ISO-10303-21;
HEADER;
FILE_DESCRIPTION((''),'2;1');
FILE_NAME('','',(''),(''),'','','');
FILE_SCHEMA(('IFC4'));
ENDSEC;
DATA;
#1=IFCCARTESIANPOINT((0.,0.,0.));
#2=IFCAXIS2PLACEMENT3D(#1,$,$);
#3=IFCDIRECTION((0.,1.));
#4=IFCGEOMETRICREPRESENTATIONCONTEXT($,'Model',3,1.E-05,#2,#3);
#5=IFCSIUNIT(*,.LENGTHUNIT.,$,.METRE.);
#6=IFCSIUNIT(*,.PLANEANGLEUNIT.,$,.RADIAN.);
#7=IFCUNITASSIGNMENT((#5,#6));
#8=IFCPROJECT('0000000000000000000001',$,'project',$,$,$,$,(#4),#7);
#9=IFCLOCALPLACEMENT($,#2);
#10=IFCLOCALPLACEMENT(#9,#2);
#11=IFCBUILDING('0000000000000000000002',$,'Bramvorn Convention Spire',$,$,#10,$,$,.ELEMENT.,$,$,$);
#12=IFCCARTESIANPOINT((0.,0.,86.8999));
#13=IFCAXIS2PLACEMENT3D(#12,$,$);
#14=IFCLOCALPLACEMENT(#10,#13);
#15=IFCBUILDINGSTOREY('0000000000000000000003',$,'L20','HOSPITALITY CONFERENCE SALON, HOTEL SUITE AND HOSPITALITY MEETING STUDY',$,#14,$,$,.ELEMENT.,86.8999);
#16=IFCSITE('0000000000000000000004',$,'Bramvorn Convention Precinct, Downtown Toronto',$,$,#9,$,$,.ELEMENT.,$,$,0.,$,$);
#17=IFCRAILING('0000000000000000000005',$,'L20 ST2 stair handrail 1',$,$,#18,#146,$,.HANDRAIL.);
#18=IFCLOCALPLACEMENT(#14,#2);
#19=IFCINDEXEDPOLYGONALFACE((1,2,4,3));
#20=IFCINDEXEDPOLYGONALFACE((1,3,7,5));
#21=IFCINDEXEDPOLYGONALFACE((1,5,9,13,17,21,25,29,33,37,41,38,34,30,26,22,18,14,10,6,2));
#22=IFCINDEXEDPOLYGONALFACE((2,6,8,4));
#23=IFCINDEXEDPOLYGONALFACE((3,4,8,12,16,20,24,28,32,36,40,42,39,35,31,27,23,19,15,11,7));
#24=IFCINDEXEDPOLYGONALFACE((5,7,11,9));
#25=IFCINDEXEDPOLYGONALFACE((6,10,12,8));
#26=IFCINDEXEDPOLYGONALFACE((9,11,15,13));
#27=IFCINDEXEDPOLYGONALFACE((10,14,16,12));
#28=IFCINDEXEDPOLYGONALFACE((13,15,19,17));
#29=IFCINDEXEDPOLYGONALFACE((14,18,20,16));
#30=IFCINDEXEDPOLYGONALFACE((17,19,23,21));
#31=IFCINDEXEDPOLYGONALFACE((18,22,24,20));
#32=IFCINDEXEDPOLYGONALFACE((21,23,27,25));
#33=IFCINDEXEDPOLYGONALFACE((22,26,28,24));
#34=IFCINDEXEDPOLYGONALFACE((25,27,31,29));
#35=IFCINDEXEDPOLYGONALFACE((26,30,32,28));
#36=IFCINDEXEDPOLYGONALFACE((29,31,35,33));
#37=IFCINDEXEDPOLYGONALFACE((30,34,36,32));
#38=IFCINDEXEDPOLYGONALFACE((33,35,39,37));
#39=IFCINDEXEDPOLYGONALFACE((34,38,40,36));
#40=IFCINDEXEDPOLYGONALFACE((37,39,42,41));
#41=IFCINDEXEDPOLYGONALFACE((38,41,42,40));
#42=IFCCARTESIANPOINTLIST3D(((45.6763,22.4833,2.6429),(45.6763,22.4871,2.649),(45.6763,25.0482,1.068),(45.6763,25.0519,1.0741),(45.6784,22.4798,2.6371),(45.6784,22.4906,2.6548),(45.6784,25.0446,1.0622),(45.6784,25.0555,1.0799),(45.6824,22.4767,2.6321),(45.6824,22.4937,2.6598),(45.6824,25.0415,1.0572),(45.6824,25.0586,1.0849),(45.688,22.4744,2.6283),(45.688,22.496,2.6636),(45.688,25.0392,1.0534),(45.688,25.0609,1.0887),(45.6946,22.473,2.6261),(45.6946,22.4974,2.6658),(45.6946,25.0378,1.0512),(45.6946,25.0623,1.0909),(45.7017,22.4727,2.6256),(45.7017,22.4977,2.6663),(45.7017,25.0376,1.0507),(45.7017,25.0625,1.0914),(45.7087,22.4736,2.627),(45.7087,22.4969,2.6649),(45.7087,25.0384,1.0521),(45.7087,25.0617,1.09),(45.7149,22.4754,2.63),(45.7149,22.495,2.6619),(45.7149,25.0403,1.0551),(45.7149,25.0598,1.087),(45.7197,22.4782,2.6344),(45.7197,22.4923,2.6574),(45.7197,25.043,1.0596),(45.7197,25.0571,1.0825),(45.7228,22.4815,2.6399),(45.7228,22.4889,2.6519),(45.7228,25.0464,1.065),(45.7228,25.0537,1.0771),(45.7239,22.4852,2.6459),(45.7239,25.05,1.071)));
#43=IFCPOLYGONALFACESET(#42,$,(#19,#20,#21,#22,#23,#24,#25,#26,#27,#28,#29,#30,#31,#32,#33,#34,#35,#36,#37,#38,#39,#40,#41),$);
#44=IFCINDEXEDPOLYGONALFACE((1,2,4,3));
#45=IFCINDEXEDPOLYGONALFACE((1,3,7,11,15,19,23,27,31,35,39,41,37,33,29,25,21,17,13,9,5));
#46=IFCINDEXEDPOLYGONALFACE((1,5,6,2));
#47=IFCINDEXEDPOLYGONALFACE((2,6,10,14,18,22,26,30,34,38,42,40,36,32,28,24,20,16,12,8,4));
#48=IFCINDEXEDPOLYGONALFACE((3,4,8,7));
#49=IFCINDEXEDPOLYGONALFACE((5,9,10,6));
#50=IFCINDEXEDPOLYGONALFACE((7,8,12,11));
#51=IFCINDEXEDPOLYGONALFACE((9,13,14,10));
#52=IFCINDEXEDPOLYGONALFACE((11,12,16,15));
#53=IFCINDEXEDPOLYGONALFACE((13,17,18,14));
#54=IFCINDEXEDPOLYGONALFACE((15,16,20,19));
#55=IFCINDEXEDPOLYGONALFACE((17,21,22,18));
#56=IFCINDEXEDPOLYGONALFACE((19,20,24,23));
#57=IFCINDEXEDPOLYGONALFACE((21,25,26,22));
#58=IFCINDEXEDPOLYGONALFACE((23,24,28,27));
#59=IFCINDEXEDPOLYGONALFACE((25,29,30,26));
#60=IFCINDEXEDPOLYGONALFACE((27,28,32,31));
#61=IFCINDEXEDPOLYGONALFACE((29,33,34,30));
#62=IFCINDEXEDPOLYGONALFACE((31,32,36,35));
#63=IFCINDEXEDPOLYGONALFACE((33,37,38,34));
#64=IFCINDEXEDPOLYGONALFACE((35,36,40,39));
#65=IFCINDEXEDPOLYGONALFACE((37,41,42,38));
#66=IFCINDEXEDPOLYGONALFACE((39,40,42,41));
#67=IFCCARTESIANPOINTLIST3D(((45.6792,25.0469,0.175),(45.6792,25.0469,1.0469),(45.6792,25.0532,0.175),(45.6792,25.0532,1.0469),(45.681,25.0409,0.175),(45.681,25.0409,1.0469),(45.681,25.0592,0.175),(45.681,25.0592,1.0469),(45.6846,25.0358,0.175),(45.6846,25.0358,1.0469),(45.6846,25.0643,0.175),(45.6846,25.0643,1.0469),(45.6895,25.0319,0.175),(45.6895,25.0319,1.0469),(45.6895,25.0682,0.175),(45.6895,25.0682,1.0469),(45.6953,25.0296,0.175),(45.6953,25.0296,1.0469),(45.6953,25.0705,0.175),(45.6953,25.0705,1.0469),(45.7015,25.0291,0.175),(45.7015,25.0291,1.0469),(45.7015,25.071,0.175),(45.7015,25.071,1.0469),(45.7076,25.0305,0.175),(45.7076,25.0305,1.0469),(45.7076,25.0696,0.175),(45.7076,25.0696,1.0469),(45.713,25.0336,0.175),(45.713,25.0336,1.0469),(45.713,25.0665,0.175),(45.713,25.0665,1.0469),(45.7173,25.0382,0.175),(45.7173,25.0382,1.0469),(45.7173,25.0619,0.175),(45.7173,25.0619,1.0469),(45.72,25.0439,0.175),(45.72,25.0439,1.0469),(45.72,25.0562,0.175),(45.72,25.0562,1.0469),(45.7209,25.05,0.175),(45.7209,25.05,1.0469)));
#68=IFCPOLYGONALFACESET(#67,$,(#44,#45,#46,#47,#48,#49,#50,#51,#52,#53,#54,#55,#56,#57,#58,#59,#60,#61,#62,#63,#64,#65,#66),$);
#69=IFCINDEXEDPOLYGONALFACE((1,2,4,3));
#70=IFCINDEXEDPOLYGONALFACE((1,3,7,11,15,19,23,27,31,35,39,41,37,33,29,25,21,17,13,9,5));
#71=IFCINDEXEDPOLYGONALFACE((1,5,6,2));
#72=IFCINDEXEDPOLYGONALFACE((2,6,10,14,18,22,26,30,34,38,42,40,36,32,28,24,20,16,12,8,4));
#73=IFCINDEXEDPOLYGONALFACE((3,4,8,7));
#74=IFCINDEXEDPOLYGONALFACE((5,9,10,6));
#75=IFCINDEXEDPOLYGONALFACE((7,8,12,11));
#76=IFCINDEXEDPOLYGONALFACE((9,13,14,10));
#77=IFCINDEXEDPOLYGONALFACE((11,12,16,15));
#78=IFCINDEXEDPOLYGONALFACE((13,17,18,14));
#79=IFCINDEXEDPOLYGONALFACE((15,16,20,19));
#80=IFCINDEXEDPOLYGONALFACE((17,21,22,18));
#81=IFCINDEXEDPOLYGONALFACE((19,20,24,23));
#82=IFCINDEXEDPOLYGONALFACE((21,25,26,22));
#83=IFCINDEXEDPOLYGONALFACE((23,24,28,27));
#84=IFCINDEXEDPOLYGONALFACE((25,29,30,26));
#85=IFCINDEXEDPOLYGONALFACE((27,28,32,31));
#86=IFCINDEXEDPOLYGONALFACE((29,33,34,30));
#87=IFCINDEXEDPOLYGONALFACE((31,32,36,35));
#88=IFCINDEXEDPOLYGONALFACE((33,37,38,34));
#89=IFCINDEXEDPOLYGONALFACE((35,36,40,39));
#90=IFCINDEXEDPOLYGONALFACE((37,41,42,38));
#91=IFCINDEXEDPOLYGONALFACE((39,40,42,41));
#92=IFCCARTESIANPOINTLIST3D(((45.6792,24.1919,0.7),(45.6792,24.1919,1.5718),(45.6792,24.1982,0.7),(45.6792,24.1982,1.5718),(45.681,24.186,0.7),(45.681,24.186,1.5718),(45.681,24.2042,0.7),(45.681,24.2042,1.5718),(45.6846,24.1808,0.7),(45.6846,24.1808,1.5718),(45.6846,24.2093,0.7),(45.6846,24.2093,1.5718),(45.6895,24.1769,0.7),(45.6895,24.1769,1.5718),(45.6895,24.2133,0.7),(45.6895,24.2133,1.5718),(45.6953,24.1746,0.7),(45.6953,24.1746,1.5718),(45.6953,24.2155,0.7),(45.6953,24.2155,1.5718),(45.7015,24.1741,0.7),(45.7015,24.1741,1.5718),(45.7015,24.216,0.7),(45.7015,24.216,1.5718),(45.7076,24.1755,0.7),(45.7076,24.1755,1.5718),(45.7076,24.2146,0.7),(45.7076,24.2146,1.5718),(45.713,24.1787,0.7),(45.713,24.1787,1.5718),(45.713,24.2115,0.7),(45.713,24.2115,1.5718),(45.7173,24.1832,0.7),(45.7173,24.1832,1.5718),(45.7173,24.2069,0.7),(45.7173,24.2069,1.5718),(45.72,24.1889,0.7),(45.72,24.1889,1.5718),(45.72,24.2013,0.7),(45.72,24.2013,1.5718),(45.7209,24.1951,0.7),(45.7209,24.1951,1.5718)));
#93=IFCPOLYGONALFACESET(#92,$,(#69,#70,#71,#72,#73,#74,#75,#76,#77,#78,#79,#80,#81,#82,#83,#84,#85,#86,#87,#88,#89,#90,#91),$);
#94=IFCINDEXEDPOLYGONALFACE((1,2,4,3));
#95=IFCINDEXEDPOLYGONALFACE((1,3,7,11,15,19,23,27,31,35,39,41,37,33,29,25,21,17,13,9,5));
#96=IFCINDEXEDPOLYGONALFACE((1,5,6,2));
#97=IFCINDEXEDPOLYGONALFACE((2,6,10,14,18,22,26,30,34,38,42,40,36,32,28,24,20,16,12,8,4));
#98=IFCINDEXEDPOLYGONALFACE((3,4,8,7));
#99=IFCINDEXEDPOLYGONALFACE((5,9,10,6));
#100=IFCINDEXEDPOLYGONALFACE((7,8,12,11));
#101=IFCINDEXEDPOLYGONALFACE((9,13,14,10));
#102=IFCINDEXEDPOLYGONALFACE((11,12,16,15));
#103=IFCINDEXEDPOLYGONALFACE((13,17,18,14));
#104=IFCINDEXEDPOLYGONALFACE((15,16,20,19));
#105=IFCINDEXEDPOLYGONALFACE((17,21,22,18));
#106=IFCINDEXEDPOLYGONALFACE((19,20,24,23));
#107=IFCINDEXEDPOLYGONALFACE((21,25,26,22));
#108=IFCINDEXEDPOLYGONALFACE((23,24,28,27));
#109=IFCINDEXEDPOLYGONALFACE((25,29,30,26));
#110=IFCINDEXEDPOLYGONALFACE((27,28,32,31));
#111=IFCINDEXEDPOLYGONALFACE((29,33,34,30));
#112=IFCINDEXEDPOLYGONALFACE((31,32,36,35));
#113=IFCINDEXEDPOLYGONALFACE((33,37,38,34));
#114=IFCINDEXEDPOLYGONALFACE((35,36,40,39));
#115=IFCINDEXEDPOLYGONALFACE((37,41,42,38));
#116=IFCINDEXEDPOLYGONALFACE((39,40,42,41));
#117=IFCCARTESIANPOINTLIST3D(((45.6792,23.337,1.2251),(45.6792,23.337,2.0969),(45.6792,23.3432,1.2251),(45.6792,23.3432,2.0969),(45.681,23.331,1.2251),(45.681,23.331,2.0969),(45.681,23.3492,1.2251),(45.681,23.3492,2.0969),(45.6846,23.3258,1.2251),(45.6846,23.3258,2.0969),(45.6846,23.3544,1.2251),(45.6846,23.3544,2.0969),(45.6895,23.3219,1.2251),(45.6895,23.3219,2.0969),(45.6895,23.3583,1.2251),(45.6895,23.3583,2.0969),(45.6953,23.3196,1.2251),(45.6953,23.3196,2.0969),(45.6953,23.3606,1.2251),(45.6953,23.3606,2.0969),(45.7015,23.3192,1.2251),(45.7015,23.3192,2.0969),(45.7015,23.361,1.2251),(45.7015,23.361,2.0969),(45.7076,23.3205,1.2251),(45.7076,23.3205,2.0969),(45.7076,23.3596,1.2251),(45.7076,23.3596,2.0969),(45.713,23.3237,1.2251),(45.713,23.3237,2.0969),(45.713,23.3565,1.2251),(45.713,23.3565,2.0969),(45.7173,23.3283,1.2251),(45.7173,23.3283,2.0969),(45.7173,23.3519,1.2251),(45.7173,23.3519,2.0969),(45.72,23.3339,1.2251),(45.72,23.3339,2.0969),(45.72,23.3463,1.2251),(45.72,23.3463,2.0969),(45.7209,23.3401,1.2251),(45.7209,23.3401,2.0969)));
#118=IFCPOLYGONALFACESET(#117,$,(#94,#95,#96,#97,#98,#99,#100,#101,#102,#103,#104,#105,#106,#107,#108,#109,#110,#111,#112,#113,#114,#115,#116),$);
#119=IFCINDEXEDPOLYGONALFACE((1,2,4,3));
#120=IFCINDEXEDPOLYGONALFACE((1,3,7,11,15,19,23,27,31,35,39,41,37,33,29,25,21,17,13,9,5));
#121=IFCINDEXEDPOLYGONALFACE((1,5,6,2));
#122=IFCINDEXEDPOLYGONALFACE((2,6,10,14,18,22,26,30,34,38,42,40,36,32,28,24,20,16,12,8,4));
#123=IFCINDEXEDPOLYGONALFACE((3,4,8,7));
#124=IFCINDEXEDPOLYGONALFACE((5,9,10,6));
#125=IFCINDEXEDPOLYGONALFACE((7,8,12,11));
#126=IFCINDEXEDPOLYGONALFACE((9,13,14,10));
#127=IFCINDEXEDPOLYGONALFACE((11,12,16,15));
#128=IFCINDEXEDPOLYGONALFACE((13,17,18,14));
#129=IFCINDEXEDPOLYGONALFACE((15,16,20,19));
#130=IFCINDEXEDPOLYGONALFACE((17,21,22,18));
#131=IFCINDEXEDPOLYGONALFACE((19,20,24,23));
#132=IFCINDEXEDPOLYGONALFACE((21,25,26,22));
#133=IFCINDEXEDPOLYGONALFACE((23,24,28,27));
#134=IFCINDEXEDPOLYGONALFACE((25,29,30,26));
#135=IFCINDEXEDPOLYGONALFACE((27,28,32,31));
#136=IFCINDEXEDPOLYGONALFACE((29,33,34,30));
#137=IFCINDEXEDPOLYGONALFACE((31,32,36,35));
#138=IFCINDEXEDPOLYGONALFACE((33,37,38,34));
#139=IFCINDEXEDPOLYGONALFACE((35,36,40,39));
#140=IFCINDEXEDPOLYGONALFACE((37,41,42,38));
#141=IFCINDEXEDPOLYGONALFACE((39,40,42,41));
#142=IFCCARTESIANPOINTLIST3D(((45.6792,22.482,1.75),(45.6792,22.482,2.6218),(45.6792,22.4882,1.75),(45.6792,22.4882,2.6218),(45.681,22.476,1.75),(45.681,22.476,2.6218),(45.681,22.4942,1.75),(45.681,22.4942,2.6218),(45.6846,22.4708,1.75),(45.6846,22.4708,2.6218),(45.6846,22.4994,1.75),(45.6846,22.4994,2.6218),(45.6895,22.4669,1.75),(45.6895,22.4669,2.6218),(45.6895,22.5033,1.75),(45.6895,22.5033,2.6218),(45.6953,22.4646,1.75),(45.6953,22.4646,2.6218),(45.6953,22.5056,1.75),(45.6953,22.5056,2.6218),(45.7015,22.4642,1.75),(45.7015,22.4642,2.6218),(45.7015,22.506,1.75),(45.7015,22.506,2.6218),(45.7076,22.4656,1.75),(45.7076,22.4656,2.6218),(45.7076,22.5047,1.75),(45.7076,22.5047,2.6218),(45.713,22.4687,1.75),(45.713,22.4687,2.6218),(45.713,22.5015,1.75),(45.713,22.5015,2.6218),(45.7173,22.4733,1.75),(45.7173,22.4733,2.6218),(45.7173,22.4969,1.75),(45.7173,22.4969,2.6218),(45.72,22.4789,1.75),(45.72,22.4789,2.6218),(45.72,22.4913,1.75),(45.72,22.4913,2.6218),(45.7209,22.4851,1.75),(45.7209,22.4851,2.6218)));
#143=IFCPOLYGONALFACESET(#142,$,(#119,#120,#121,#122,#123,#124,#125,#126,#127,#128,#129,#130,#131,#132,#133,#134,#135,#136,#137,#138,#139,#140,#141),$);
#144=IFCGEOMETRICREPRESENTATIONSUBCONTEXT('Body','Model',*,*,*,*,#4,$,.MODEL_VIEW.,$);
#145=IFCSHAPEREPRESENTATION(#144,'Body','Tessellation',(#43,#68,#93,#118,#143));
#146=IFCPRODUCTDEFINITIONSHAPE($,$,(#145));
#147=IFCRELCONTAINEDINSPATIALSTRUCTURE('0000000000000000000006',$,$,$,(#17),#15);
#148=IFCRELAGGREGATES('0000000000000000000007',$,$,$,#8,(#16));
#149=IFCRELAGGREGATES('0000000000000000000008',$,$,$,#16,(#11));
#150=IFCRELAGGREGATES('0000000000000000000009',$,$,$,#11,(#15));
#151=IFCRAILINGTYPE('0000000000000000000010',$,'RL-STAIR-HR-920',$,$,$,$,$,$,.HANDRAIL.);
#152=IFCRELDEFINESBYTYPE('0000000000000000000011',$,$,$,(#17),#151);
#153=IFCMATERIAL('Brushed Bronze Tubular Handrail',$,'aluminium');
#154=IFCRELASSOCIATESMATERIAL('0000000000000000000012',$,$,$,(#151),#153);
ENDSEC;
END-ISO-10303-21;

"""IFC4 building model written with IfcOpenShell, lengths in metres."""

from ifc_helpers import new_model, si_unit, direction, frame, origin, origin_2d, place, context, subcontext, project, spatial, circle, extrude, material, type_object, element, save


model = new_model("IFC4")

# Units and contexts
model_context = context("Model", 3, precision=1e-05, world=origin(), true_north=direction((0.0, 1.0)))
body_context = subcontext(model_context, "Body", "Model", "MODEL_VIEW")
ifc_project = project(units=[si_unit("LENGTHUNIT", "METRE"), si_unit("PLANEANGLEUNIT", "RADIAN")], contexts=[model_context])

# Site, building, storey
site_placement = place(None, origin())
site = spatial("IfcSite", under=ifc_project, at=site_placement, Name="Bramvorn Convention Precinct, Downtown Toronto", CompositionType="ELEMENT", RefElevation=0.0)
building_placement = place(site_placement, origin())
building = spatial("IfcBuilding", under=site, at=building_placement, Name="Bramvorn Convention Spire", CompositionType="ELEMENT")
storey_placement = place(building_placement, frame((0.0, 0.0, 86.8999)))
storey = spatial("IfcBuildingStorey", under=building, at=storey_placement, Name="L20", Description="HOSPITALITY CONFERENCE SALON, HOTEL SUITE AND HOSPITALITY MEETING STUDY", CompositionType="ELEMENT", Elevation=86.8999)

# Railing
ifc_material_1 = material(Name="Brushed Bronze Tubular Handrail", Category="aluminium")
railing_type_1 = type_object("IfcRailingType", Name="RL-STAIR-HR-920", PredefinedType="HANDRAIL", material=ifc_material_1)
railing_1_placement = place(storey_placement, frame((45.7, 25.05, 0.175)))
element("IfcRailing", 1, at=railing_1_placement, inside=storey, type_object=railing_type_1, Name="L20 ST2 stair handrail 1", PredefinedType="HANDRAIL", context=body_context, shape_type="SweptSolid", body=[
    extrude(circle(Radius=0.0239, at=origin_2d()), frame((0.0, 0.0, 0.896), z_axis=(0.0, -0.852173, 0.52326), x_axis=(1.0, 0.0, 0.0)), (0.0, 0.0, 1.0), 3.0098),
    extrude(circle(Radius=0.021, at=origin_2d()), origin(), (0.0, 0.0, 1.0), 0.8718),
    extrude(circle(Radius=0.021, at=origin_2d()), frame((0.0, -0.855, 0.5249)), (0.0, 0.0, 1.0), 0.8718),
    extrude(circle(Radius=0.021, at=origin_2d()), frame((0.0, -1.71, 1.05)), (0.0, 0.0, 1.0), 0.8718),
    extrude(circle(Radius=0.021, at=origin_2d()), frame((0.0, -2.5649, 1.575)), (0.0, 0.0, 1.0), 0.8718),
])

save(model, "model.ifc")
